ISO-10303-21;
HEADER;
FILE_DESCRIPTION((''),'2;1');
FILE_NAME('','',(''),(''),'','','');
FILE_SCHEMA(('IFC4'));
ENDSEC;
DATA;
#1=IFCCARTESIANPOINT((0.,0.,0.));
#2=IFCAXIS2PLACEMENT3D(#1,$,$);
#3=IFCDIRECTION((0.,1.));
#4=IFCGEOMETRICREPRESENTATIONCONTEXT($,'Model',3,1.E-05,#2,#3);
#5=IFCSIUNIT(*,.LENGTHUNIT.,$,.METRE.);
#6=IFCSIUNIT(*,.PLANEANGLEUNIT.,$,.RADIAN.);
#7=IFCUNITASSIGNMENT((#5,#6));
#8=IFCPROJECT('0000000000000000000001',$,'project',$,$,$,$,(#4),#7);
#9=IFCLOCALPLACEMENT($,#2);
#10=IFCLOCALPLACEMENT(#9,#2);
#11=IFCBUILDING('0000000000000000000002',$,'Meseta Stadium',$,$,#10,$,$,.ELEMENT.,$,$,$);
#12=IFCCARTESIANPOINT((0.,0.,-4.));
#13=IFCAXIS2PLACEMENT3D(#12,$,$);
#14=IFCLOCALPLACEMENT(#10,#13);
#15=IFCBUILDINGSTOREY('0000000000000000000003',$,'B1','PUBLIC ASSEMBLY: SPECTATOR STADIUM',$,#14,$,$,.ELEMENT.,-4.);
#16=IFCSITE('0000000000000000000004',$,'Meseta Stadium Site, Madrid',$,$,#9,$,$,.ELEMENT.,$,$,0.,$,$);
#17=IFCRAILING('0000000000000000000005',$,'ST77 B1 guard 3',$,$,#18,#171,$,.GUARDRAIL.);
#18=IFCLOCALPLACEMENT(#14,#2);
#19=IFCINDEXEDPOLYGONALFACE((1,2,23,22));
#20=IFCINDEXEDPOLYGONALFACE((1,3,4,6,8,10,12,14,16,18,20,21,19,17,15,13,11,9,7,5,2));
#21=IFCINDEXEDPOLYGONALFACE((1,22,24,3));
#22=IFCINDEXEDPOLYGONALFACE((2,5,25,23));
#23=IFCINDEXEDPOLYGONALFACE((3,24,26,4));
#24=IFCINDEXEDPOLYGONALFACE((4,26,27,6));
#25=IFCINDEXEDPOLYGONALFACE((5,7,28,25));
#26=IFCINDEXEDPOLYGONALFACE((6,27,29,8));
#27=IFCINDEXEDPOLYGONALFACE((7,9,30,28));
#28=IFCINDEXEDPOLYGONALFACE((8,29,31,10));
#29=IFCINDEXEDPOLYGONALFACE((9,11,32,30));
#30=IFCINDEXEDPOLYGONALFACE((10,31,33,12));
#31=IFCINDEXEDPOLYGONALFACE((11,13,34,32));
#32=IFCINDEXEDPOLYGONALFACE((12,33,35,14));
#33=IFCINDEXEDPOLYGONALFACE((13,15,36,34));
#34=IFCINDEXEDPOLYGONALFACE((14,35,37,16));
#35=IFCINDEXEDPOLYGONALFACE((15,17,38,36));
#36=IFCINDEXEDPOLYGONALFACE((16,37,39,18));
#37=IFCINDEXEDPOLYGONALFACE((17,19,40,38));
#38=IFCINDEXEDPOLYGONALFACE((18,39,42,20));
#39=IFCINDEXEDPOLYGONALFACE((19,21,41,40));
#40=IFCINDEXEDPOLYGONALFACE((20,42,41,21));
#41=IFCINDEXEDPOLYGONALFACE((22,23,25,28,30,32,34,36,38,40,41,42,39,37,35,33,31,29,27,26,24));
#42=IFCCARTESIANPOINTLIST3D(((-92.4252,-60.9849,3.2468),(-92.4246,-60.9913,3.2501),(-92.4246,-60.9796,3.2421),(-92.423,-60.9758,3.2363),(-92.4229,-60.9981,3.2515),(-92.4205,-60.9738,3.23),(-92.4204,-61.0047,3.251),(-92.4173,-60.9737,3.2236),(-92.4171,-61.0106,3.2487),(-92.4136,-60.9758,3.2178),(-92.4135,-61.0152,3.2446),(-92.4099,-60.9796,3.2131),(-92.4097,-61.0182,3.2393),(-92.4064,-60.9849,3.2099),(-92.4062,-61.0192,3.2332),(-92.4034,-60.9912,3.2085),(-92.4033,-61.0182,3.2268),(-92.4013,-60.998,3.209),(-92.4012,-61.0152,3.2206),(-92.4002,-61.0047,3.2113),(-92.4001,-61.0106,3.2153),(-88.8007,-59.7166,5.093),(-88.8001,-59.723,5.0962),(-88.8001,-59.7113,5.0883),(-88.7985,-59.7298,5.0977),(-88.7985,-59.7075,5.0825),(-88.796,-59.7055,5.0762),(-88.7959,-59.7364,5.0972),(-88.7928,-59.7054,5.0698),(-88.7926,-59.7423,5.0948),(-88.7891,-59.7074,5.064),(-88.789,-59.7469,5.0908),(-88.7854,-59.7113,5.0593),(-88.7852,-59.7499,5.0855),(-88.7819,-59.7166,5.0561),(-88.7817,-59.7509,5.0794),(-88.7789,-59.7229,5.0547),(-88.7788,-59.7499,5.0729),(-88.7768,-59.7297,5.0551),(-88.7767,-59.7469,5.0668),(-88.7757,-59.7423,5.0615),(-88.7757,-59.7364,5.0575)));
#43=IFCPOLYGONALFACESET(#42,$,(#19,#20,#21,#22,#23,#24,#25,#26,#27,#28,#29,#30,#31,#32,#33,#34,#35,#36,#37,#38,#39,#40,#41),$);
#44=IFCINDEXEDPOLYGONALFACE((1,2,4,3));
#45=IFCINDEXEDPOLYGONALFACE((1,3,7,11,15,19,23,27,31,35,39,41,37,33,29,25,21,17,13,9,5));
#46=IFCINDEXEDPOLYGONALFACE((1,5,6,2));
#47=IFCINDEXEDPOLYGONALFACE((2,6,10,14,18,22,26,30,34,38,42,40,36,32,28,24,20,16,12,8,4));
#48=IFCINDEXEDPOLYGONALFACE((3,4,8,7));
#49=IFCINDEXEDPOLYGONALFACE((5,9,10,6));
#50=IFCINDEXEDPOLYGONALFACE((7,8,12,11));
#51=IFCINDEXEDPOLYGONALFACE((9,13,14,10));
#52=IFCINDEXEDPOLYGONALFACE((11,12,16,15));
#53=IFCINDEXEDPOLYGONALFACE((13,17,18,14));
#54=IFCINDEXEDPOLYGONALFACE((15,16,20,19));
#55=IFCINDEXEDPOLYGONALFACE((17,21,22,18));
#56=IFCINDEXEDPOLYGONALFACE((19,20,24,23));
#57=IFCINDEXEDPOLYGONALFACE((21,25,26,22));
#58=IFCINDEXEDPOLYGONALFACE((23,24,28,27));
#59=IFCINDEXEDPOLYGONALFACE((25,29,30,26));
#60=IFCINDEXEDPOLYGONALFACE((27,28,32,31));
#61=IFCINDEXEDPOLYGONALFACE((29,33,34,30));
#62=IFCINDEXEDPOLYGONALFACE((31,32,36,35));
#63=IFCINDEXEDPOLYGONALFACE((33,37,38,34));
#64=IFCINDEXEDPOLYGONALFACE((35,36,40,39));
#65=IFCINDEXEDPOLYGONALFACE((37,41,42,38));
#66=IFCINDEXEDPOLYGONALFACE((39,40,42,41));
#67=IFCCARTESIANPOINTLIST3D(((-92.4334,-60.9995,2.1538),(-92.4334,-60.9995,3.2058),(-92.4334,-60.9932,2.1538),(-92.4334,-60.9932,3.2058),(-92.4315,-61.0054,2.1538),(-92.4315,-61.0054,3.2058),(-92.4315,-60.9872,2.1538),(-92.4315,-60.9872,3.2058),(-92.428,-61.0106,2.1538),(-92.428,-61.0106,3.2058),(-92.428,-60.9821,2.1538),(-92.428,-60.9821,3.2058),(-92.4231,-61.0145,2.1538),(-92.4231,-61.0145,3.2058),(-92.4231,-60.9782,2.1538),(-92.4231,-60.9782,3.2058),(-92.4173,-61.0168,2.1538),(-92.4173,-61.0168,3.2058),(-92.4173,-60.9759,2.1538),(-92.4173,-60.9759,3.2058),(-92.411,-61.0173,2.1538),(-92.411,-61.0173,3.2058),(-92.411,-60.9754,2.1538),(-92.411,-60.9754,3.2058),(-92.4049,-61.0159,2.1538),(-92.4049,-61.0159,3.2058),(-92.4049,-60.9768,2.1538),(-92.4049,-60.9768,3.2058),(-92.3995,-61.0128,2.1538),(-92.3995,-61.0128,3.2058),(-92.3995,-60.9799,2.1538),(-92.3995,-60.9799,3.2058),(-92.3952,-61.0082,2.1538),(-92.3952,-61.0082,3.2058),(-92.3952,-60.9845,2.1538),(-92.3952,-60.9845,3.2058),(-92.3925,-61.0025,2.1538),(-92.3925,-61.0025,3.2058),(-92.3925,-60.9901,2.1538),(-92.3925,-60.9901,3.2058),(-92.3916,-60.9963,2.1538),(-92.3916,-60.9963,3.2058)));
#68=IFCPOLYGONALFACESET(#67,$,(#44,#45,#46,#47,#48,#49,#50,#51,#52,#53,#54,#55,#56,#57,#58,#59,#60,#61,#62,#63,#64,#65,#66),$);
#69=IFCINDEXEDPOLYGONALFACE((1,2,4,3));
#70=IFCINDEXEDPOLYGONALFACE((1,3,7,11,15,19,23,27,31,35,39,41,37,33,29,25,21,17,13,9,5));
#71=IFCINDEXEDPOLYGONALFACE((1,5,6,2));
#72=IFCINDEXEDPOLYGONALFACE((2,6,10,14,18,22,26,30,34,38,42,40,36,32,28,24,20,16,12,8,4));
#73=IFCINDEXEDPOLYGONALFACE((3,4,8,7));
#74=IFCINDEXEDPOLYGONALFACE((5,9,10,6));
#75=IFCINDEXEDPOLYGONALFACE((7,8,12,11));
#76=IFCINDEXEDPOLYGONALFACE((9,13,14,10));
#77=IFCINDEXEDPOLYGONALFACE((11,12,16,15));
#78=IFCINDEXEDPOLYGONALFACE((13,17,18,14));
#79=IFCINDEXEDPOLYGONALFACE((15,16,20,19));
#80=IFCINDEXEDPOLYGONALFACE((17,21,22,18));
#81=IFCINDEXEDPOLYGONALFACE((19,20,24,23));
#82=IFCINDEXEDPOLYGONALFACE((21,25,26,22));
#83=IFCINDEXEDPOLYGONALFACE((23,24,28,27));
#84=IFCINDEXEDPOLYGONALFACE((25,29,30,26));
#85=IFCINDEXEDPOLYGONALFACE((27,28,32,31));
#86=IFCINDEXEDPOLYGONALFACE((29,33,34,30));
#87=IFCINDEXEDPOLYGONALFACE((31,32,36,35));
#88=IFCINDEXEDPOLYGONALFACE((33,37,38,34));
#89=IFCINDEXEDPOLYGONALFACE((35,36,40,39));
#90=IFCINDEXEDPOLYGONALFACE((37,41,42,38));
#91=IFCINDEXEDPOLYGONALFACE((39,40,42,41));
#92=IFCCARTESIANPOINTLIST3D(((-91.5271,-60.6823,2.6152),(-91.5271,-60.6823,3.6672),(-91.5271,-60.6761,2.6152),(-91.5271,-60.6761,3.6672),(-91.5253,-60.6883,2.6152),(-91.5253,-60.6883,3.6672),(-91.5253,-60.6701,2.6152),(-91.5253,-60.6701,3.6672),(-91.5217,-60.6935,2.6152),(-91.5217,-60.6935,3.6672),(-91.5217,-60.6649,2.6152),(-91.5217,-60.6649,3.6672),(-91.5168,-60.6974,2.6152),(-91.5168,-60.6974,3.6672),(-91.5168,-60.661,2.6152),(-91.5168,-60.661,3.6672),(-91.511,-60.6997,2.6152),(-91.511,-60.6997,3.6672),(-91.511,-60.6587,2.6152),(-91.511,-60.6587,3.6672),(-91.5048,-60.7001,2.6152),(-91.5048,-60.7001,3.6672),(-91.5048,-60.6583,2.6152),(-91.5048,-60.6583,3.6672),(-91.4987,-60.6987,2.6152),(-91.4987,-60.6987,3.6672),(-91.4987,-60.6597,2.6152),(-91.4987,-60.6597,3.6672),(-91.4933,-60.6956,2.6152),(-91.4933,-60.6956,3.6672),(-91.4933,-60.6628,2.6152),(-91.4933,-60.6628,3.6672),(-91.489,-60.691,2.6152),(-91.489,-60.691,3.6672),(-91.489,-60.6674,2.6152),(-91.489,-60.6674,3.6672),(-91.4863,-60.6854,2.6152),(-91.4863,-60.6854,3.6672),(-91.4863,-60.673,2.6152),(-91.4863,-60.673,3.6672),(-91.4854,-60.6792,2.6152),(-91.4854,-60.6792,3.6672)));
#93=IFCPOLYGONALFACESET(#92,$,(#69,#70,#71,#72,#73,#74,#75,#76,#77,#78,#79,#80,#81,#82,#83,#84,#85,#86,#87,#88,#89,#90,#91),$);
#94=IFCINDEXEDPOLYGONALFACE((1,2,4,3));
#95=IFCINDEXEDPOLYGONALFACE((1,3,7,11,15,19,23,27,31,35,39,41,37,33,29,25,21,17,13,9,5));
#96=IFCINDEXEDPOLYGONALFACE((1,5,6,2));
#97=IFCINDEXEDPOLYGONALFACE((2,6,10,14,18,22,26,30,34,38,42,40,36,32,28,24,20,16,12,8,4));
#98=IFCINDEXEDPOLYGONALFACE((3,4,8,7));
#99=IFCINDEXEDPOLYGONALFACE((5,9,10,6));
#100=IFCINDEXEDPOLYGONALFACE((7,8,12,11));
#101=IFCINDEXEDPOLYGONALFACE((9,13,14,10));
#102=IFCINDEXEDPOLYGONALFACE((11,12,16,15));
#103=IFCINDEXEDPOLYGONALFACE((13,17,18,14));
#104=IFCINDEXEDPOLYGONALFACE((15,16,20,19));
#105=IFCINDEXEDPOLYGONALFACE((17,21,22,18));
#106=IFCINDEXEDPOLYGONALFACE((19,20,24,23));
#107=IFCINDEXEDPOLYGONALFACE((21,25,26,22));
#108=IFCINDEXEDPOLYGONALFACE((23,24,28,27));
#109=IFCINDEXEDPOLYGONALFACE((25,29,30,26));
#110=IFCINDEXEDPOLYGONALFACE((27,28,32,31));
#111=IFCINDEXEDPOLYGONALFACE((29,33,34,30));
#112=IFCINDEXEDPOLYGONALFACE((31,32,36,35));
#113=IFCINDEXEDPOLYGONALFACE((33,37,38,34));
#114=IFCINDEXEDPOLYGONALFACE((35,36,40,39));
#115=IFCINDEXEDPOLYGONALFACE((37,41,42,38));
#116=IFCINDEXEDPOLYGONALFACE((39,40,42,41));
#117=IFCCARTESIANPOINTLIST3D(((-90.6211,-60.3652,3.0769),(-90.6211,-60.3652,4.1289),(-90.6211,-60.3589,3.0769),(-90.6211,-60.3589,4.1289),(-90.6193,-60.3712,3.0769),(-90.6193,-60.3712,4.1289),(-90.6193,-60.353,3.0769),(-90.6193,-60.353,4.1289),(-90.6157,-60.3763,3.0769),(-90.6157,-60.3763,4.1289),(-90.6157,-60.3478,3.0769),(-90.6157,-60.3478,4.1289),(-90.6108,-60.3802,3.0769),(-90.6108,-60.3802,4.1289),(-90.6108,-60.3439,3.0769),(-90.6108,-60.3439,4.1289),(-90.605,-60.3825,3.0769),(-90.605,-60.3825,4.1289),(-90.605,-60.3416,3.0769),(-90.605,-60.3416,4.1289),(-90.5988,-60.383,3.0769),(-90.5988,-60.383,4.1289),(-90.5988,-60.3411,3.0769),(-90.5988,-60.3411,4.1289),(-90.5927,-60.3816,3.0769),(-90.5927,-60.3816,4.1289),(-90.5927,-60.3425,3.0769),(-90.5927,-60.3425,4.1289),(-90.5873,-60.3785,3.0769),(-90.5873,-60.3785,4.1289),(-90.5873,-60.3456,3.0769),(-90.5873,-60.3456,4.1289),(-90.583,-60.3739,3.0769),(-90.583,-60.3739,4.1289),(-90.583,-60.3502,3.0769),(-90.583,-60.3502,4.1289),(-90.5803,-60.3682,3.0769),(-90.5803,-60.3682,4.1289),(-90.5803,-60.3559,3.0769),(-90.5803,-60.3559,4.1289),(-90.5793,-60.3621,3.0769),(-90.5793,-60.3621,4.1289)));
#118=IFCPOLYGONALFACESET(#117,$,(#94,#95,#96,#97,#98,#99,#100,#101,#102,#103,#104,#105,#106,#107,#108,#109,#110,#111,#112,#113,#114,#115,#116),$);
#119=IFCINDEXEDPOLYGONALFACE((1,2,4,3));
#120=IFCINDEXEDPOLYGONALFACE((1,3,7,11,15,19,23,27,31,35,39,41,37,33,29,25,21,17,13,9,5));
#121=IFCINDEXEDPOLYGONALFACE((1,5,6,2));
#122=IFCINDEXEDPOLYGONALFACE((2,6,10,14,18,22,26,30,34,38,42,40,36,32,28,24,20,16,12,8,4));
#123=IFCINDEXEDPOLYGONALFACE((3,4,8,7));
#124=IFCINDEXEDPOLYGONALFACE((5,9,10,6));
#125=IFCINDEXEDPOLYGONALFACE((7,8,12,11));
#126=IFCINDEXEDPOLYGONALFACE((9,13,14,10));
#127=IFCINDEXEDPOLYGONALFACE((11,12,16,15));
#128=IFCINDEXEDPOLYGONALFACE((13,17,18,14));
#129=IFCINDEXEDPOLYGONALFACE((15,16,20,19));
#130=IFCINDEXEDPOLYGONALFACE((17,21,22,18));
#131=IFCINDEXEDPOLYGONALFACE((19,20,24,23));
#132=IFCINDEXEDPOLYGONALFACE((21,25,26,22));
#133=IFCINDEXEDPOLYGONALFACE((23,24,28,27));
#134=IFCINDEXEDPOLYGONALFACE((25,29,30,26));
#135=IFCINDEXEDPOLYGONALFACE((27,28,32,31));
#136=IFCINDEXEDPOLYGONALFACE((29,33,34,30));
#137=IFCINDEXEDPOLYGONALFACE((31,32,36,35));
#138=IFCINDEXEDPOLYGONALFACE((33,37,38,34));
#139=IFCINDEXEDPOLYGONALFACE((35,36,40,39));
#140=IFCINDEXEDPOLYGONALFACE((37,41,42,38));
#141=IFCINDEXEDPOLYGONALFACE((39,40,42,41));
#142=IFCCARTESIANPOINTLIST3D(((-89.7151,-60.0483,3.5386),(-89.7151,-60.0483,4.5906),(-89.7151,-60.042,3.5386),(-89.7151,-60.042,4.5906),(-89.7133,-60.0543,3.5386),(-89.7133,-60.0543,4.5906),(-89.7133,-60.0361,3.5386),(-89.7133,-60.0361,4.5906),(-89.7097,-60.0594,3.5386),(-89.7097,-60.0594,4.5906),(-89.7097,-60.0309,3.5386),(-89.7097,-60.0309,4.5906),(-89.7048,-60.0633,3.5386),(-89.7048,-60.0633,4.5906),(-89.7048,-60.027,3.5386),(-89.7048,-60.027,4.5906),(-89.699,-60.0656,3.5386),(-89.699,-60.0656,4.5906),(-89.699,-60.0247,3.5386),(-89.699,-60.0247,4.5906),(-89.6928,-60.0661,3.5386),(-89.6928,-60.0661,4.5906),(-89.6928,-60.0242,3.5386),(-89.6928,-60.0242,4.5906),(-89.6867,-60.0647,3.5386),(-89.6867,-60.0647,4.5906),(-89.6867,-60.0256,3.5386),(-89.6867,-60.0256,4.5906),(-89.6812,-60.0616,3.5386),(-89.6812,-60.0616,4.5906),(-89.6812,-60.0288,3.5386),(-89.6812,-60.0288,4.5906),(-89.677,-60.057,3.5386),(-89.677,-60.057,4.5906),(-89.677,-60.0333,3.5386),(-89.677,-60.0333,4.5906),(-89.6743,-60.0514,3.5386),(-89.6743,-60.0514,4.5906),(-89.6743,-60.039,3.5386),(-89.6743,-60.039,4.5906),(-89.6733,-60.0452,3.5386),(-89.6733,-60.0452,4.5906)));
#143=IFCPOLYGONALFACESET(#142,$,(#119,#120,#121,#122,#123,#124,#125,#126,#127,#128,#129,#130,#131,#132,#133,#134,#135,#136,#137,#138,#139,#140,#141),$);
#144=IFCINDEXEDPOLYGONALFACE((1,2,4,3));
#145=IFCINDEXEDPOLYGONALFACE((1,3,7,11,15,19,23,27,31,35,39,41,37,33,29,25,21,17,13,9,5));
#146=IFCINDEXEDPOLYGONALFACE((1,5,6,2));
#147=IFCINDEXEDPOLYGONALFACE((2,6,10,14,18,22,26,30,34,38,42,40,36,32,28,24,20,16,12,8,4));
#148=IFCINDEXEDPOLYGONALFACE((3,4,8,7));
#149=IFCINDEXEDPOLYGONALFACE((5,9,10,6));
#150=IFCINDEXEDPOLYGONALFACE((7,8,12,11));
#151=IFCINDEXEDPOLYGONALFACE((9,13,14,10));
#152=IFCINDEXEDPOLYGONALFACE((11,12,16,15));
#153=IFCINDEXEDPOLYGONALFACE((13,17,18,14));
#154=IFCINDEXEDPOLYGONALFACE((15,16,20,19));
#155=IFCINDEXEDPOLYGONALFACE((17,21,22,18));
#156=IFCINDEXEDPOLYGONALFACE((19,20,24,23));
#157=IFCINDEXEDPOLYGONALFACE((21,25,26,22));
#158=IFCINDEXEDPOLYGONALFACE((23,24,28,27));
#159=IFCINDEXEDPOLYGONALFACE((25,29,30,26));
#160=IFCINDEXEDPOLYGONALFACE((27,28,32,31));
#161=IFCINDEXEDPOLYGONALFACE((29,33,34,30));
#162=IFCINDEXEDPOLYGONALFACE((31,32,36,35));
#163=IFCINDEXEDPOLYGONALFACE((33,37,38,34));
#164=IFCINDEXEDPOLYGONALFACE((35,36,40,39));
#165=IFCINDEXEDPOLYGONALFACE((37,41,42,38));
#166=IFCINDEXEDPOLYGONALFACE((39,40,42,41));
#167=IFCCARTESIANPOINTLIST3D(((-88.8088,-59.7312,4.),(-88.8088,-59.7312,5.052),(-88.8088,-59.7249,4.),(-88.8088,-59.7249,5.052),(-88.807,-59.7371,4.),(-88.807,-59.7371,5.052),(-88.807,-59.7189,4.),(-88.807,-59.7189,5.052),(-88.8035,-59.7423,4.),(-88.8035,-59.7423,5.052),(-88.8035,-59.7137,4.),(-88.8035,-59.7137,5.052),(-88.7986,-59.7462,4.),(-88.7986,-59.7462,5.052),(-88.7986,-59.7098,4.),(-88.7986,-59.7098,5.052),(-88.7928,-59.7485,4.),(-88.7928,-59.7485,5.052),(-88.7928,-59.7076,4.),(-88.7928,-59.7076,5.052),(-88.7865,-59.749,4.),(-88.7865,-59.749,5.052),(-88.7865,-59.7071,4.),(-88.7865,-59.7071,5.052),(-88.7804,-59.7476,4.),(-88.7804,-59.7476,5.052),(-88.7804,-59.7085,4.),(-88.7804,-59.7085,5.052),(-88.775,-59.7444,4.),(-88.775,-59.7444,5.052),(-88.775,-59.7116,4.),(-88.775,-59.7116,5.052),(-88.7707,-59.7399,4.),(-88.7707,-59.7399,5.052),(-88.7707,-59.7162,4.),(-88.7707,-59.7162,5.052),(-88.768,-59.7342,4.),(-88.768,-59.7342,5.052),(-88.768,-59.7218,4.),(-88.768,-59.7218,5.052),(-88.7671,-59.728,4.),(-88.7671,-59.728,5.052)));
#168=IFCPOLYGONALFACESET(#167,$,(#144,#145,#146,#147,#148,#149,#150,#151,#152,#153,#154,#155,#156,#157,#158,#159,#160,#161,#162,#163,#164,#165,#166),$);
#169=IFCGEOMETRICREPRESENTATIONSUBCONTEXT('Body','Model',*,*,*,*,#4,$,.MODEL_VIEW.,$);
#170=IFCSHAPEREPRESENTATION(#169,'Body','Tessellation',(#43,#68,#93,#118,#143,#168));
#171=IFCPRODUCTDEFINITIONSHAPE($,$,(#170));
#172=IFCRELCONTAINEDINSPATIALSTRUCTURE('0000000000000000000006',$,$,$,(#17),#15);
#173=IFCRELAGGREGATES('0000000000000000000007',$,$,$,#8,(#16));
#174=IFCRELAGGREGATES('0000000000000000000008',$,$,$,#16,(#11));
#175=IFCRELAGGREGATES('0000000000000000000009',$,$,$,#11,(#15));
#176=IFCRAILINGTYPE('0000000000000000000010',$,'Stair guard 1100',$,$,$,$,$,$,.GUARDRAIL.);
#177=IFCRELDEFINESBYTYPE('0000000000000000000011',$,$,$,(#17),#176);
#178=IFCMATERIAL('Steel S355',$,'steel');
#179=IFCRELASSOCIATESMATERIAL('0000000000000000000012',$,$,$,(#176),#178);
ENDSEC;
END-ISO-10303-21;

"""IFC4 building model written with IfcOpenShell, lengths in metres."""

from ifc_helpers import new_model, si_unit, direction, frame, origin, origin_2d, place, context, subcontext, project, spatial, circle, extrude, material, type_object, element, save


model = new_model("IFC4")

# Units and contexts
model_context = context("Model", 3, precision=1e-05, world=origin(), true_north=direction((0.0, 1.0)))
body_context = subcontext(model_context, "Body", "Model", "MODEL_VIEW")
ifc_project = project(units=[si_unit("LENGTHUNIT", "METRE"), si_unit("PLANEANGLEUNIT", "RADIAN")], contexts=[model_context])

# Site, building, storey
site_placement = place(None, origin())
site = spatial("IfcSite", under=ifc_project, at=site_placement, Name="Meseta Stadium Site, Madrid", CompositionType="ELEMENT", RefElevation=0.0)
building_placement = place(site_placement, origin())
building = spatial("IfcBuilding", under=site, at=building_placement, Name="Meseta Stadium", CompositionType="ELEMENT")
storey_placement = place(building_placement, frame((0.0, 0.0, -4.0)))
storey = spatial("IfcBuildingStorey", under=building, at=storey_placement, Name="B1", Description="PUBLIC ASSEMBLY: SPECTATOR STADIUM", CompositionType="ELEMENT", Elevation=-4.0)

# Railing
ifc_material_1 = material(Name="Steel S355", Category="steel")
railing_type_1 = type_object("IfcRailingType", Name="Stair guard 1100", PredefinedType="GUARDRAIL", material=ifc_material_1)
railing_1_placement = place(storey_placement, frame((-92.4126, -60.9963, 2.1538)))
element("IfcRailing", 1, at=railing_1_placement, inside=storey, type_object=railing_type_1, Name="ST77 B1 guard 3", PredefinedType="GUARDRAIL", context=body_context, shape_type="SweptSolid", body=[
    extrude(circle(Radius=0.0239, at=origin_2d()), frame((0.0, 0.0, 1.0762), z_axis=(0.850672, 0.297672, 0.4333), x_axis=(-0.330288, 0.94388, 0.0)), (0.0, 0.0, 1.0), 4.2607),
    extrude(circle(Radius=0.021, at=origin_2d()), origin(), (0.0, 0.0, 1.0), 1.052),
    extrude(circle(Radius=0.021, at=origin_2d()), frame((0.9062, 0.3171, 0.4614)), (0.0, 0.0, 1.0), 1.052),
    extrude(circle(Radius=0.021, at=origin_2d()), frame((1.8123, 0.6343, 0.9231)), (0.0, 0.0, 1.0), 1.052),
    extrude(circle(Radius=0.021, at=origin_2d()), frame((2.7183, 0.9512, 1.3848)), (0.0, 0.0, 1.0), 1.052),
    extrude(circle(Radius=0.021, at=origin_2d()), frame((3.6245, 1.2683, 1.8462)), (0.0, 0.0, 1.0), 1.052),
])

save(model, "model.ifc")
